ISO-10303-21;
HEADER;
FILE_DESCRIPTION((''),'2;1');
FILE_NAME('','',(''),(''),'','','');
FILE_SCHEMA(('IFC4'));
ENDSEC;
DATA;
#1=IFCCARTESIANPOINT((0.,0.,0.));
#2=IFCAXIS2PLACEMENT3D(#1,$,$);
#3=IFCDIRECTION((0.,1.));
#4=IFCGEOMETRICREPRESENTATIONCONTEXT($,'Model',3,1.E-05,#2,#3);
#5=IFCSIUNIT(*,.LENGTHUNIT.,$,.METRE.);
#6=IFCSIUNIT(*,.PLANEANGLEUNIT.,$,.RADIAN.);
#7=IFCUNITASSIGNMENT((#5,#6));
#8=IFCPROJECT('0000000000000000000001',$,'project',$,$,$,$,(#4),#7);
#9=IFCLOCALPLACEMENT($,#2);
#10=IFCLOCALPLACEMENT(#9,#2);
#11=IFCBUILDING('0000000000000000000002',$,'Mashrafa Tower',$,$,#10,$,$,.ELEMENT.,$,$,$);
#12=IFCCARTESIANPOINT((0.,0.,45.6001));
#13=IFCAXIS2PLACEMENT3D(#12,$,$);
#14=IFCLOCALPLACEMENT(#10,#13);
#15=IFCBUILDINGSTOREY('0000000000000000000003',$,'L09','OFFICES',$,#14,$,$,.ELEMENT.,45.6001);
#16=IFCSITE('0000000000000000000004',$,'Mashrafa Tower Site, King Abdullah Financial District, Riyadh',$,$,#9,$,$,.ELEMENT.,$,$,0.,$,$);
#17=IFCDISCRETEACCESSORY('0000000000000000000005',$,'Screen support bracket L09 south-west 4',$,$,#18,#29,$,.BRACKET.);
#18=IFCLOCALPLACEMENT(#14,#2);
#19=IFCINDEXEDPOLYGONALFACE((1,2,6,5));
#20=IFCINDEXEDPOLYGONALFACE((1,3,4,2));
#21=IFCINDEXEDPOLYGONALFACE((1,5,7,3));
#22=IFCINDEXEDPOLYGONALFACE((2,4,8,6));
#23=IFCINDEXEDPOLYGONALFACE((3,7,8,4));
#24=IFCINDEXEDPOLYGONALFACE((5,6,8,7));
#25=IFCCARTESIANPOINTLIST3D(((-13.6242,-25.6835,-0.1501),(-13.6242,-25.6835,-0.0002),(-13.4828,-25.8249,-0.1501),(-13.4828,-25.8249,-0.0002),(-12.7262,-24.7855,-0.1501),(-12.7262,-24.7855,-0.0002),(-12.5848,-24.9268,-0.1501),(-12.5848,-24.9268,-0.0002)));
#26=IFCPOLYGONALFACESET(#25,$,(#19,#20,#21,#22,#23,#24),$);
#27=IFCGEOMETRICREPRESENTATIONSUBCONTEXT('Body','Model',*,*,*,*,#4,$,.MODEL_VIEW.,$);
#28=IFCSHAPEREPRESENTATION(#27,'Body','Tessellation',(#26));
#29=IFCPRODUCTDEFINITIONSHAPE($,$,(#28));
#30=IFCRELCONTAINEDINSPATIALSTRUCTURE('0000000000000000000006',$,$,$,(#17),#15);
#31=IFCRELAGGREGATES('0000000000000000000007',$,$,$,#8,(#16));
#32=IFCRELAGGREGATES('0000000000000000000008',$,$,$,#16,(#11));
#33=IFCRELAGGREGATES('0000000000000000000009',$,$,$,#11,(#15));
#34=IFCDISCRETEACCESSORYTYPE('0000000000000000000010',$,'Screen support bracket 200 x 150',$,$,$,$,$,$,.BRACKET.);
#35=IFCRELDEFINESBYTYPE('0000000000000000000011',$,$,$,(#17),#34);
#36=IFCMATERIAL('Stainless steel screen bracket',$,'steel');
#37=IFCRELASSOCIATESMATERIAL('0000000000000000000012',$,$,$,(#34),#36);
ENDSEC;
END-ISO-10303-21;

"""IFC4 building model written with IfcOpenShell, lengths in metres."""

from ifc_helpers import new_model, si_unit, direction, frame, origin, origin_2d, place, context, subcontext, project, spatial, rectangle, extrude, source, transform, mapped, material, type_object, type_shapes, element, save


model = new_model("IFC4")

# Units and contexts
model_context = context("Model", 3, precision=1e-05, world=origin(), true_north=direction((0.0, 1.0)))
body_context = subcontext(model_context, "Body", "Model", "MODEL_VIEW")
ifc_project = project(units=[si_unit("LENGTHUNIT", "METRE"), si_unit("PLANEANGLEUNIT", "RADIAN")], contexts=[model_context])

# Site, building, storey
site_placement = place(None, origin())
site = spatial("IfcSite", under=ifc_project, at=site_placement, Name="Mashrafa Tower Site, King Abdullah Financial District, Riyadh", CompositionType="ELEMENT", RefElevation=0.0)
building_placement = place(site_placement, origin())
building = spatial("IfcBuilding", under=site, at=building_placement, Name="Mashrafa Tower", CompositionType="ELEMENT")
storey_placement = place(building_placement, frame((0.0, 0.0, 45.6001)))
storey = spatial("IfcBuildingStorey", under=building, at=storey_placement, Name="L09", Description="OFFICES", CompositionType="ELEMENT", Elevation=45.6001)

# Discrete accessory
ifc_material_1 = material(Name="Stainless steel screen bracket", Category="steel")
discrete_accessory_type = type_object("IfcDiscreteAccessoryType", Name="Screen support bracket 200 x 150", PredefinedType="BRACKET", material=ifc_material_1)
shared_shape_1 = source(origin(), body_context, "Body", "SweptSolid", [
    extrude(rectangle(XDim=0.2, YDim=1.27, at=origin_2d()), origin(), (0.0, 0.0, 1.0), 0.1499),
])
type_shapes(discrete_accessory_type, [shared_shape_1])
for number, where, z_axis, x_axis, name in (
    (1, (-13.1045, -25.3052, -0.1501), (0.0, 0.0, 1.0), (0.707107, -0.707107, 0.0), "Screen support bracket L09 south-west 4"),
):
    element("IfcDiscreteAccessory", number, at=place(storey_placement, frame(where, z_axis=z_axis, x_axis=x_axis)), inside=storey, type_object=discrete_accessory_type, Name=name, PredefinedType="BRACKET", context=body_context, shape_type="MappedRepresentation", body=[
        mapped(shared_shape_1, transform((0.0, 0.0, 0.0))),
    ])

save(model, "model.ifc")
